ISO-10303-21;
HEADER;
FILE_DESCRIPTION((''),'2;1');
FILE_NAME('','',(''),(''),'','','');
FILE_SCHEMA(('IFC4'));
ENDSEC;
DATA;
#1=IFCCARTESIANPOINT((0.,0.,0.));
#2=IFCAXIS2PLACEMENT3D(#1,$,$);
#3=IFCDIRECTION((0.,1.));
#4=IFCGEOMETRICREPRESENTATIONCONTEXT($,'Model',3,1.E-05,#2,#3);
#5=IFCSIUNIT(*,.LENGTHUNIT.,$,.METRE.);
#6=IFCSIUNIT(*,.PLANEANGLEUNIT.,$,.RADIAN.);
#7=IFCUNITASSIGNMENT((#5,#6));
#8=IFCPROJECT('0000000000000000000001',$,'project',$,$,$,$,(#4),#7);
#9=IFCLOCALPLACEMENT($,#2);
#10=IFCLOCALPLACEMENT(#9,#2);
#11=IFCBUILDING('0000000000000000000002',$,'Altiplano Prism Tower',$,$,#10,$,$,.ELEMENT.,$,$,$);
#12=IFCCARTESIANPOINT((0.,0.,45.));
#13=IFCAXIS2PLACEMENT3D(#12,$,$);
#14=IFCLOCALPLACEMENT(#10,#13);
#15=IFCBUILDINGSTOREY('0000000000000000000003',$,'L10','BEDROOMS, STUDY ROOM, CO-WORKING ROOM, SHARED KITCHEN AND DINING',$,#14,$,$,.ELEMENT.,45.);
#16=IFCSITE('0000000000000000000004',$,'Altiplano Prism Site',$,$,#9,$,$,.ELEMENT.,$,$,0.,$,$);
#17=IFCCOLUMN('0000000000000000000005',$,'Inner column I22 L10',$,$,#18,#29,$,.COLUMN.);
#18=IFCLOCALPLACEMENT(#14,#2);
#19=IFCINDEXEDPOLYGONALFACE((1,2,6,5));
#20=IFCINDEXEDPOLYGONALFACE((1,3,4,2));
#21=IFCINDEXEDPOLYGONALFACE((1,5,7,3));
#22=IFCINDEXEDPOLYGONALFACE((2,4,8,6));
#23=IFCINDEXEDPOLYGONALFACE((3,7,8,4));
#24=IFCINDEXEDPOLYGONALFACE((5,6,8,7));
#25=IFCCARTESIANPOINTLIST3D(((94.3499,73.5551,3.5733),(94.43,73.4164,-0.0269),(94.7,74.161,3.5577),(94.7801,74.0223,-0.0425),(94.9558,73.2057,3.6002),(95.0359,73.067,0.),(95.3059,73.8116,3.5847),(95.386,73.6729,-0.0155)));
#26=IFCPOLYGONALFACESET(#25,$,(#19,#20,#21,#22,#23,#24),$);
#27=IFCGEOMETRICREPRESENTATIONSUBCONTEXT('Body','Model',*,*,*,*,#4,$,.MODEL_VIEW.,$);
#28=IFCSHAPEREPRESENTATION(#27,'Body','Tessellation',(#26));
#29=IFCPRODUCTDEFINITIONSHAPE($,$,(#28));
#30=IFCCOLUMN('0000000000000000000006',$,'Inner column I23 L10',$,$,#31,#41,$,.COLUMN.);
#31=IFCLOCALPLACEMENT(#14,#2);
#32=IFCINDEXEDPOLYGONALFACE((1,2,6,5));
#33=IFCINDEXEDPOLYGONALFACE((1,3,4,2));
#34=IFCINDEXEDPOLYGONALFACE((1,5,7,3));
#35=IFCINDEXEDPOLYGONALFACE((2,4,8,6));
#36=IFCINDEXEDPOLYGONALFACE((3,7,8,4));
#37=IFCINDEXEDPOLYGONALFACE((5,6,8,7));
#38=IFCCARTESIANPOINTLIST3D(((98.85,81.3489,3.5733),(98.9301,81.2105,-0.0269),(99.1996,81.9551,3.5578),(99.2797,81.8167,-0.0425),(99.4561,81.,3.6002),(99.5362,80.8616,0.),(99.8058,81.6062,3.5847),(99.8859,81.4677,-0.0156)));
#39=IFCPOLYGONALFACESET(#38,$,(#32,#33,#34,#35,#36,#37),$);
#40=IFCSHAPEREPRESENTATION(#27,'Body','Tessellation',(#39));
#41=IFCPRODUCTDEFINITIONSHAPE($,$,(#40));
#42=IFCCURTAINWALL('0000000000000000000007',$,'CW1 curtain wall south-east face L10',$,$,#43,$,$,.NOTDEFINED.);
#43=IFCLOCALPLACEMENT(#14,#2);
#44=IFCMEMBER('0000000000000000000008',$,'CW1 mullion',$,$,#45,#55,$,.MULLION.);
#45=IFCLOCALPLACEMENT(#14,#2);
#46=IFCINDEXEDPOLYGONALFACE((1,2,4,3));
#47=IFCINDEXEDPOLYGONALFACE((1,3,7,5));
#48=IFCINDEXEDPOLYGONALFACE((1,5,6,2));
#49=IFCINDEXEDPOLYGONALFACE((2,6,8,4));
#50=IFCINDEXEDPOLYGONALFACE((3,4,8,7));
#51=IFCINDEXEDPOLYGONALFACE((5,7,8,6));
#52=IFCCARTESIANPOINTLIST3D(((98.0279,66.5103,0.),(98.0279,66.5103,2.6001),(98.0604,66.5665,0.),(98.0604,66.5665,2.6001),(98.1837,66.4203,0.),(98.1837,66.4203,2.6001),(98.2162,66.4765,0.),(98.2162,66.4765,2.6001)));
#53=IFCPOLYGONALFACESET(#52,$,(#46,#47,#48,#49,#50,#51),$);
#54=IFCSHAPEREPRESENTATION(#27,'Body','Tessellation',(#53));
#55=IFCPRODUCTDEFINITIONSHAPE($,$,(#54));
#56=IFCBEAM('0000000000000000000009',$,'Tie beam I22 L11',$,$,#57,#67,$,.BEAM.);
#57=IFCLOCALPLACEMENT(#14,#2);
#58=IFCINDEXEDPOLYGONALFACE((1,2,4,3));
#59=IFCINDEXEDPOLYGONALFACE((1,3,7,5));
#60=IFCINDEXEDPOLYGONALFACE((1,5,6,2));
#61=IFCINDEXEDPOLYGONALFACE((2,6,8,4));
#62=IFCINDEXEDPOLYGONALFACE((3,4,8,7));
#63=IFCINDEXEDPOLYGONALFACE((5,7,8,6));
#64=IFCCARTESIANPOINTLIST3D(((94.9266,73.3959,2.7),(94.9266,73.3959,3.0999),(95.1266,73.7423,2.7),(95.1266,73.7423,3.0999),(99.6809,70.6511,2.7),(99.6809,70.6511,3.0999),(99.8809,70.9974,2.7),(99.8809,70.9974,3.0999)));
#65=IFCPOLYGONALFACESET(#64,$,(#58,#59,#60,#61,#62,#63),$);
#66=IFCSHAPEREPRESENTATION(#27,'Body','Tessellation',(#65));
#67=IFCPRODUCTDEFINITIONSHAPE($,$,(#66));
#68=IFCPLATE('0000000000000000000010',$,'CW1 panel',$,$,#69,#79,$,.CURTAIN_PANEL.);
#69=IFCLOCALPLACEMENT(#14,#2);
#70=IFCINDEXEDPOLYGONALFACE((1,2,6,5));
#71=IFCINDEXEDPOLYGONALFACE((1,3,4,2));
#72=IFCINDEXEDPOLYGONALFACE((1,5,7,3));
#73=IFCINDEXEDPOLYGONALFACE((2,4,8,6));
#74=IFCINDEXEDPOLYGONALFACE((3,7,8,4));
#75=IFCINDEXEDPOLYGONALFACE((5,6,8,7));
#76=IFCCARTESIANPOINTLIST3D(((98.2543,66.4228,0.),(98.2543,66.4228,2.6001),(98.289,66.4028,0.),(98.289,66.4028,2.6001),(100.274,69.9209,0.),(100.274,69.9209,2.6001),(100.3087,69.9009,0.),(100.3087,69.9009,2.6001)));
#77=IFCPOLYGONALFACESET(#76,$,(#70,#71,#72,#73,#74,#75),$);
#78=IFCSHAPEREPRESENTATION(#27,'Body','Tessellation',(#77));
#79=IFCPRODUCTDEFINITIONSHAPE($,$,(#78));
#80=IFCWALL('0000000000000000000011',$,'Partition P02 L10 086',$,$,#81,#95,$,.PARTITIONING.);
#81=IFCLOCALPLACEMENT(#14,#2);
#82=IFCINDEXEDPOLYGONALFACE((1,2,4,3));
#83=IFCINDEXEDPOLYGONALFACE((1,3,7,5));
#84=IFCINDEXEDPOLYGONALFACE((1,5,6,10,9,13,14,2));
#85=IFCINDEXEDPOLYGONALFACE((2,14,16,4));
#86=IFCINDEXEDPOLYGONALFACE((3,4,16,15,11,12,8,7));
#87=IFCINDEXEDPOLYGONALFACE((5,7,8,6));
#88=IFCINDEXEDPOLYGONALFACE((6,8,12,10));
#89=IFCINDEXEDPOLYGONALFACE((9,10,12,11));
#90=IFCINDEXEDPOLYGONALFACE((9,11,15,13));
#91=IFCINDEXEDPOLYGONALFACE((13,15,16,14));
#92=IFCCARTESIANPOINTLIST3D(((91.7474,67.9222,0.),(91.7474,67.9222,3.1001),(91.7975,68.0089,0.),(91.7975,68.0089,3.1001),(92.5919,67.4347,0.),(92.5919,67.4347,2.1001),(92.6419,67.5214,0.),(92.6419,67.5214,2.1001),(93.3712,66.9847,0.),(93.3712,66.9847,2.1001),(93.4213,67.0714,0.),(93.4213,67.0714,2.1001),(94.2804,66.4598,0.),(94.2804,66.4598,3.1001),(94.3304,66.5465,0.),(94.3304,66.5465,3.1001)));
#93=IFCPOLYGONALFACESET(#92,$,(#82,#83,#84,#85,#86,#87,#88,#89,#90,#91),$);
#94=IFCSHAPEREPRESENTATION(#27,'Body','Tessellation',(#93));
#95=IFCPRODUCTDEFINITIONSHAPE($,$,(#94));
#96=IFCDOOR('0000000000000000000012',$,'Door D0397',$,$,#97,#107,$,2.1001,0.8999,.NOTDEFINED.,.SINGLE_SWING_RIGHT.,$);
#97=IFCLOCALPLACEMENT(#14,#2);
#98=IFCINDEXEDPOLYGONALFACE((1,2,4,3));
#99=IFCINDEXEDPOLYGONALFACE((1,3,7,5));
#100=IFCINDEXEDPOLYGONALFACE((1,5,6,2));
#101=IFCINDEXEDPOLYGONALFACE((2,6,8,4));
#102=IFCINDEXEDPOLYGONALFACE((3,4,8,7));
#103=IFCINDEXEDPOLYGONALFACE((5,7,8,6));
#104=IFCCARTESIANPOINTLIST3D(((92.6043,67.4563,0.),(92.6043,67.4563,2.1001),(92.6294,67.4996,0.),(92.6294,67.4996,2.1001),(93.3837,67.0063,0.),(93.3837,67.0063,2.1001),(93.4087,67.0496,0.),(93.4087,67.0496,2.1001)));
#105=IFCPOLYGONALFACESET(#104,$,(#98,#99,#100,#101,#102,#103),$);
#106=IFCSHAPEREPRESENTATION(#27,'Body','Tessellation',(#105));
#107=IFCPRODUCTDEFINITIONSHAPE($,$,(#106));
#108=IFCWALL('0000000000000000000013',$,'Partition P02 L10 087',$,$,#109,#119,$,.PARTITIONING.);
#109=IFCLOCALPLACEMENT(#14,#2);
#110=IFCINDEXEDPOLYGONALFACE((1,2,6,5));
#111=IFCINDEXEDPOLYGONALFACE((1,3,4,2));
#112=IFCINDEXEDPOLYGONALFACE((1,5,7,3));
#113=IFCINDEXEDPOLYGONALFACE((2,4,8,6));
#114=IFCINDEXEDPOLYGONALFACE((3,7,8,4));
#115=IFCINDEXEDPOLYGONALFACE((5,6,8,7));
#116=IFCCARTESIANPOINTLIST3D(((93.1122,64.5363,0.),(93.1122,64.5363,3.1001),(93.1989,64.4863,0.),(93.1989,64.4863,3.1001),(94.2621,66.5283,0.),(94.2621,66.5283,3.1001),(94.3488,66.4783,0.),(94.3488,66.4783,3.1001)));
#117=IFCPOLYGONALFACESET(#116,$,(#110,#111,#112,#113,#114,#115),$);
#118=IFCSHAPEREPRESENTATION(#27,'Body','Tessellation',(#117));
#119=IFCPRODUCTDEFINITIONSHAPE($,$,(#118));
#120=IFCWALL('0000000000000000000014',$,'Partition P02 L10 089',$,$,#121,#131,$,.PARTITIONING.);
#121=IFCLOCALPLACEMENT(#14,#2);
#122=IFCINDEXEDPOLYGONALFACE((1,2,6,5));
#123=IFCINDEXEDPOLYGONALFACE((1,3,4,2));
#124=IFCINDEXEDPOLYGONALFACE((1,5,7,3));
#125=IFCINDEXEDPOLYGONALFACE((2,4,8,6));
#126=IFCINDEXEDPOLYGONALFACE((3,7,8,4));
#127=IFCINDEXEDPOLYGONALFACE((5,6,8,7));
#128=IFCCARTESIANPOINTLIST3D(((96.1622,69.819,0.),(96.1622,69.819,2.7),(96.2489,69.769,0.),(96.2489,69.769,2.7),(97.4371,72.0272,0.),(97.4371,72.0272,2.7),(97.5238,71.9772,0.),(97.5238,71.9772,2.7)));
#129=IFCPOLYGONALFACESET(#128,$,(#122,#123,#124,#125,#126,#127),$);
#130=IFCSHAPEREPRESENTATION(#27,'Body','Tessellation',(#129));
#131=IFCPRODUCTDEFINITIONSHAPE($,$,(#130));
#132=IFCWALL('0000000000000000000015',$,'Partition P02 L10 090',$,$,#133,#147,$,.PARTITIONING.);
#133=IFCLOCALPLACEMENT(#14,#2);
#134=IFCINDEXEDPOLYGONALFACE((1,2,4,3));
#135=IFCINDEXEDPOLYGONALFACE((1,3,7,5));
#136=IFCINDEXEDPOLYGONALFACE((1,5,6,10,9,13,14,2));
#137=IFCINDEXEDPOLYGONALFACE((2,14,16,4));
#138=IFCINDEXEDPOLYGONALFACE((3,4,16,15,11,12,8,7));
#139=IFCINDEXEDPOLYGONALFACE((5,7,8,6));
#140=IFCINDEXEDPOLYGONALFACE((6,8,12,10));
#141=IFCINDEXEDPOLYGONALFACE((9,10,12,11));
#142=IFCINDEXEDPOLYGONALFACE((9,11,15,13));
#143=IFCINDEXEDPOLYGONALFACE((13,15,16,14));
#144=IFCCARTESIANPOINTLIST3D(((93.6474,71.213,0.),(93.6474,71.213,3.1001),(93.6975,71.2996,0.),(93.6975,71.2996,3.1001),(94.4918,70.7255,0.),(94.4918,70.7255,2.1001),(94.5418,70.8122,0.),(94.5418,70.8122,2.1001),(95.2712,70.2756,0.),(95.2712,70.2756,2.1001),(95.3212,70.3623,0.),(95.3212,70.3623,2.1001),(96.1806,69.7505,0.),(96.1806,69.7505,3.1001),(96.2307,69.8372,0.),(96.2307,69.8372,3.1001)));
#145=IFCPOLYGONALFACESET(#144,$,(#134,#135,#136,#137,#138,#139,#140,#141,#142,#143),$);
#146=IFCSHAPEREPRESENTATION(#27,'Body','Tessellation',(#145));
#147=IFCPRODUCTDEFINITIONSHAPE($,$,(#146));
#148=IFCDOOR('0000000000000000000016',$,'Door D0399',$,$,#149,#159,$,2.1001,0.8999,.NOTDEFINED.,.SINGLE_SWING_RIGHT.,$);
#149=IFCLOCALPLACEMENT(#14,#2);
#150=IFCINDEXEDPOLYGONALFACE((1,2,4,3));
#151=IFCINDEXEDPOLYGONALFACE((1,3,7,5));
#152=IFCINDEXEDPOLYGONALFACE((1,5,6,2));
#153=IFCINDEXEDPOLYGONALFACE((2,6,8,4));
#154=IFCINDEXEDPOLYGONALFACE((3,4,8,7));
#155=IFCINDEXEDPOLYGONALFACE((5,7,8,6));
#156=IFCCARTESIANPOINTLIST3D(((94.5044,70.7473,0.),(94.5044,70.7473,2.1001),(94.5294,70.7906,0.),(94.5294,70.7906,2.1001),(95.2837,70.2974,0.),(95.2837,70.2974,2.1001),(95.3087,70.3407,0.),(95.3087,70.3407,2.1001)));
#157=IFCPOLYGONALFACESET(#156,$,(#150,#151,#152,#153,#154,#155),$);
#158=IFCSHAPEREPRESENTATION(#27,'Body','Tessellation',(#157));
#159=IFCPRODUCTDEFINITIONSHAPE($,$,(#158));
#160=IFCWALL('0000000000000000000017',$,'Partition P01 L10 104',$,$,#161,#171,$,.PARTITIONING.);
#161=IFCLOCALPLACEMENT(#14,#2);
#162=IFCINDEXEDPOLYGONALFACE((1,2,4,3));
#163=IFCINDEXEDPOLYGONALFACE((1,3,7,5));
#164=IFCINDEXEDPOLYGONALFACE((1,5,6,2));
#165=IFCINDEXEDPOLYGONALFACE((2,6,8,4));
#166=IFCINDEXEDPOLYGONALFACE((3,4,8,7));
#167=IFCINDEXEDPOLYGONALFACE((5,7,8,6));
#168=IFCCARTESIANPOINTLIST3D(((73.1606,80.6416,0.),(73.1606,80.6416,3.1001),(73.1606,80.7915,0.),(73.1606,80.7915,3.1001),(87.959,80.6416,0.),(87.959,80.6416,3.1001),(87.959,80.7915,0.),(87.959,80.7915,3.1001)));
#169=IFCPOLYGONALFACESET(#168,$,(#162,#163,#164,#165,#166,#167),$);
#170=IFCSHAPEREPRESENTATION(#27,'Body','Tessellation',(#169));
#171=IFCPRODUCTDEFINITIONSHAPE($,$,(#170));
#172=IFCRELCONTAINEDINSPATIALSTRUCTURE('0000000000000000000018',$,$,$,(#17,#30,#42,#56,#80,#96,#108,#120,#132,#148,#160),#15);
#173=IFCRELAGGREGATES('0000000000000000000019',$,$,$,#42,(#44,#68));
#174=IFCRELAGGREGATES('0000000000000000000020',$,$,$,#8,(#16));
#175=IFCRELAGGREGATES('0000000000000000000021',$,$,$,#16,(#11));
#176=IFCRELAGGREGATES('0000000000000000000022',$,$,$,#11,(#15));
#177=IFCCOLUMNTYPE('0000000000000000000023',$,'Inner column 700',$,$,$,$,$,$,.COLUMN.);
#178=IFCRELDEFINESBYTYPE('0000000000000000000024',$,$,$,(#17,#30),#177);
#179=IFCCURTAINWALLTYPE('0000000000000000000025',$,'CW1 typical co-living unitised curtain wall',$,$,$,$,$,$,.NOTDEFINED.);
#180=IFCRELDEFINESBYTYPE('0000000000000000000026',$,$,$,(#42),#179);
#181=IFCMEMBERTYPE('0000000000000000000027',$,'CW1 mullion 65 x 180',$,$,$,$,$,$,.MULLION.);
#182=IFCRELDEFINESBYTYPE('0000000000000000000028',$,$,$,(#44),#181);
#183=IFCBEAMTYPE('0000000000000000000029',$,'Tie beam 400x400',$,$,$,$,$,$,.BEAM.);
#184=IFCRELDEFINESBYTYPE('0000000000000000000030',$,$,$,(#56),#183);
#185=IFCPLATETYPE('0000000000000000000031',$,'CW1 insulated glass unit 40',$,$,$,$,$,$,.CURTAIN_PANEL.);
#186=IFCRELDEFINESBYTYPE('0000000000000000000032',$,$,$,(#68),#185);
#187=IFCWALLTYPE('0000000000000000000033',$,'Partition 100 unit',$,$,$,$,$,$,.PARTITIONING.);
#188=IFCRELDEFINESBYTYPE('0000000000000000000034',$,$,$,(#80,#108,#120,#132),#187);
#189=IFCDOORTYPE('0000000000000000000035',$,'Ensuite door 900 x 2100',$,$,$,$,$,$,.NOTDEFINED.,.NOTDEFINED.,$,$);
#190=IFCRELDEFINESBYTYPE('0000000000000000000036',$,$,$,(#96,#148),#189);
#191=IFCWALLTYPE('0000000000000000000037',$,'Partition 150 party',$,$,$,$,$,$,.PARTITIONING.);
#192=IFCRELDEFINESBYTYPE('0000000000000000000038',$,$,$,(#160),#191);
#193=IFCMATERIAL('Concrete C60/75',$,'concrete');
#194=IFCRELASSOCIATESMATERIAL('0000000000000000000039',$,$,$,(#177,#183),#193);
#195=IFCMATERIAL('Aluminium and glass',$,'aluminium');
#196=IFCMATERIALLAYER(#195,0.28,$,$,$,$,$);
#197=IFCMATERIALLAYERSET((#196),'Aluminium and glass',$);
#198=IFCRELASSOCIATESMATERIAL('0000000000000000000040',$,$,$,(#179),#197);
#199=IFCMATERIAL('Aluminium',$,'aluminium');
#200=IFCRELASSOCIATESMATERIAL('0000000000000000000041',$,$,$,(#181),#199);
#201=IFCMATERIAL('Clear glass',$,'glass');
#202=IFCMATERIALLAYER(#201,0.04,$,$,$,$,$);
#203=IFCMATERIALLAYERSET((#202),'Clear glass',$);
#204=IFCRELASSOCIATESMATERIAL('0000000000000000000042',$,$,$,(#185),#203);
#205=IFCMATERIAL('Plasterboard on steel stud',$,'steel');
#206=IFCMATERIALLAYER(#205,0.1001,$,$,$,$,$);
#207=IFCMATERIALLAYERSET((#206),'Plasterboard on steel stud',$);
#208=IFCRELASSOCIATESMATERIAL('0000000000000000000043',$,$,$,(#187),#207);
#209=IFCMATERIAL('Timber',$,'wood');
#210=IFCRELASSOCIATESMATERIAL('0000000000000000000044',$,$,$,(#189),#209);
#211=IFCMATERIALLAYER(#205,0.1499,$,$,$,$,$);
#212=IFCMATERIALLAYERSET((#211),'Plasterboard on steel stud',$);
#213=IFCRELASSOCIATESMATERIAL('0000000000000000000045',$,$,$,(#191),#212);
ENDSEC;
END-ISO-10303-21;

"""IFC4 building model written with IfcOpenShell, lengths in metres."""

from ifc_helpers import new_model, si_unit, direction, frame, frame_2d, origin, origin_2d, place, context, subcontext, project, spatial, rectangle, extrude, material, layer, layer_set, material_profile, profile_set, type_object, element, fill, aggregate, save


model = new_model("IFC4")

# Units and contexts
model_context = context("Model", 3, precision=1e-05, world=origin(), true_north=direction((0.0, 1.0)))
body_context = subcontext(model_context, "Body", "Model", "MODEL_VIEW")
ifc_project = project(units=[si_unit("LENGTHUNIT", "METRE"), si_unit("PLANEANGLEUNIT", "RADIAN")], contexts=[model_context])

# Site, building, storey
site_placement = place(None, origin())
site = spatial("IfcSite", under=ifc_project, at=site_placement, Name="Altiplano Prism Site", CompositionType="ELEMENT", RefElevation=0.0)
building_placement = place(site_placement, origin())
building = spatial("IfcBuilding", under=site, at=building_placement, Name="Altiplano Prism Tower", CompositionType="ELEMENT")
storey_placement = place(building_placement, frame((0.0, 0.0, 45.0)))
storey = spatial("IfcBuildingStorey", under=building, at=storey_placement, Name="L10", Description="BEDROOMS, STUDY ROOM, CO-WORKING ROOM, SHARED KITCHEN AND DINING", CompositionType="ELEMENT", Elevation=45.0)

# Columns
ifc_material_1 = material(Name="Concrete C60/75", Category="concrete")
ifc_material_profile_1 = material_profile(ifc_material_1, rectangle(XDim=0.7, YDim=0.7, at=origin_2d()), Name="Inner column 700")
ifc_profile_set_1 = profile_set([ifc_material_profile_1], Name="Concrete C60/75")
column_type = type_object("IfcColumnType", Name="Inner column 700", PredefinedType="COLUMN", material=ifc_profile_set_1)
for number, where, z_axis, x_axis, name in (
    (1, (94.908, 73.5447, -0.0212), (-0.022221, 0.038481, 0.999012), (-0.500175, -0.86564, 0.022218), "Inner column I22 L10"),
    (2, (99.408, 81.3391, -0.0212), (-0.022221, 0.038413, 0.999015), (-0.499518, -0.86602, 0.022188), "Inner column I23 L10"),
):
    element("IfcColumn", number, at=place(storey_placement, frame(where, z_axis=z_axis, x_axis=x_axis)), inside=storey, type_object=column_type, Name=name, PredefinedType="COLUMN", context=body_context, shape_type="SweptSolid", body=[
        extrude(rectangle(XDim=0.7, YDim=0.7, at=origin_2d()), origin(), (0.0, 0.0, 1.0), 3.6038),
    ])

# Curtain wall, member
ifc_material_2 = material(Name="Aluminium and glass", Category="aluminium")
ifc_layer_1 = layer(ifc_material_2, 0.28)
ifc_layer_set_1 = layer_set([ifc_layer_1], Name="Aluminium and glass")
curtain_wall_type = type_object("IfcCurtainWallType", Name="CW1 typical co-living unitised curtain wall", PredefinedType="NOTDEFINED", material=ifc_layer_set_1)
curtain_wall_placement = place(storey_placement, origin())
curtain_wall = element("IfcCurtainWall", 3, at=curtain_wall_placement, inside=storey, type_object=curtain_wall_type, Name="CW1 curtain wall south-east face L10", PredefinedType="NOTDEFINED")
ifc_material_3 = material(Name="Aluminium", Category="aluminium")
ifc_material_profile_2 = material_profile(ifc_material_3, rectangle(XDim=0.1799, YDim=0.0649, at=origin_2d()), Name="CW1 mullion 65 x 180")
ifc_profile_set_2 = profile_set([ifc_material_profile_2], Name="Aluminium")
member_type = type_object("IfcMemberType", Name="CW1 mullion 65 x 180", PredefinedType="MULLION", material=ifc_profile_set_2)
member_placement = place(storey_placement, frame((98.1221, 66.4934, 0.0), z_axis=(0.0, 0.0, 1.0), x_axis=(-0.866025, 0.5, 0.0)))
member = element("IfcMember", 4, at=member_placement, type_object=member_type, Name="CW1 mullion", PredefinedType="MULLION", context=body_context, shape_type="SweptSolid", body=[
    extrude(rectangle(XDim=0.1799, YDim=0.0649, at=origin_2d()), origin(), (0.0, 0.0, 1.0), 2.6001),
])

# Beam
ifc_material_profile_3 = material_profile(ifc_material_1, rectangle(XDim=0.3999, YDim=0.3999, at=origin_2d()), Name="Tie beam 400x400")
ifc_profile_set_3 = profile_set([ifc_material_profile_3], Name="Concrete C60/75")
beam_type = type_object("IfcBeamType", Name="Tie beam 400x400", PredefinedType="BEAM", material=ifc_profile_set_3)
beam_placement = place(storey_placement, frame((95.0266, 73.5691, 2.8999), z_axis=(0.866032, -0.499989, 0.0), x_axis=(0.499989, 0.866032, 0.0)))
element("IfcBeam", 5, at=beam_placement, inside=storey, type_object=beam_type, Name="Tie beam I22 L11", PredefinedType="BEAM", context=body_context, shape_type="SweptSolid", body=[
    extrude(rectangle(XDim=0.3999, YDim=0.3999, at=origin_2d()), origin(), (0.0, 0.0, 1.0), 5.4897),
])

# Plate
ifc_material_4 = material(Name="Clear glass", Category="glass")
ifc_layer_2 = layer(ifc_material_4, 0.04)
ifc_layer_set_2 = layer_set([ifc_layer_2], Name="Clear glass")
plate_type = type_object("IfcPlateType", Name="CW1 insulated glass unit 40", PredefinedType="CURTAIN_PANEL", material=ifc_layer_set_2)
plate_placement = place(storey_placement, frame((99.2815, 68.1619, 0.0), z_axis=(0.0, 0.0, 1.0), x_axis=(0.5, 0.866025, 0.0)))
plate = element("IfcPlate", 6, at=plate_placement, type_object=plate_type, Name="CW1 panel", PredefinedType="CURTAIN_PANEL", context=body_context, shape_type="SweptSolid", body=[
    extrude(rectangle(XDim=4.0393, YDim=0.04, at=origin_2d()), origin(), (0.0, 0.0, 1.0), 2.6001),
])
aggregate(curtain_wall, [member, plate])

# Wall, opening, door
ifc_material_5 = material(Name="Plasterboard on steel stud", Category="steel")
ifc_layer_3 = layer(ifc_material_5, 0.1001)
ifc_layer_set_3 = layer_set([ifc_layer_3], Name="Plasterboard on steel stud")
wall_type_1 = type_object("IfcWallType", Name="Partition 100 unit", PredefinedType="PARTITIONING", material=ifc_layer_set_3)
wall_1_placement = place(storey_placement, frame((91.7725, 67.9656, 0.0), z_axis=(0.0, 0.0, 1.0), x_axis=(0.866026, -0.499999, 0.0)))
wall_1 = element("IfcWall", 7, at=wall_1_placement, inside=storey, type_object=wall_type_1, Name="Partition P02 L10 086", PredefinedType="PARTITIONING", context=body_context, shape_type="SweptSolid", body=[
    extrude(rectangle(XDim=2.9248, YDim=0.1001, at=frame_2d((1.4624, 0.0))), origin(), (0.0, 0.0, 1.0), 3.1001),
])
opening_1_placement = place(wall_1_placement, frame((0.9751, 0.0, 0.0)))
opening_1 = element("IfcOpeningElement", 8, at=opening_1_placement, cuts=wall_1, PredefinedType="OPENING", context=body_context, shape_type="SweptSolid", body=[
    extrude(rectangle(XDim=0.8999, YDim=2.1001, at=frame_2d((0.45, 1.05))), frame((0.0, 0.0605, 0.0), z_axis=(0.0, -1.0, 0.0), x_axis=(1.0, 0.0, 0.0)), (0.0, 0.0, 1.0), 0.1211),
])
ifc_material_6 = material(Name="Timber", Category="wood")
door_type = type_object("IfcDoorType", Name="Ensuite door 900 x 2100", OperationType="NOTDEFINED", PredefinedType="NOTDEFINED", material=ifc_material_6)
door_1_placement = place(opening_1_placement, origin())
door_1 = element("IfcDoor", 9, at=door_1_placement, inside=storey, type_object=door_type, Name="Door D0397", OperationType="SINGLE_SWING_RIGHT", OverallHeight=2.1001, OverallWidth=0.8999, PredefinedType="NOTDEFINED", context=body_context, shape_type="SweptSolid", body=[
    extrude(rectangle(XDim=0.8999, YDim=2.1001, at=frame_2d((0.45, 1.05))), frame((0.0, 0.0249, 0.0), z_axis=(0.0, -1.0, 0.0), x_axis=(1.0, 0.0, 0.0)), (0.0, 0.0, 1.0), 0.05),
])
fill(opening_1, door_1)

# Walls
wall_2_placement = place(storey_placement, frame((94.3054, 66.5032, 0.0), z_axis=(0.0, 0.0, 1.0), x_axis=(-0.499952, -0.866053, 0.0)))
element("IfcWall", 10, at=wall_2_placement, inside=storey, type_object=wall_type_1, Name="Partition P02 L10 087", PredefinedType="PARTITIONING", context=body_context, shape_type="SweptSolid", body=[
    extrude(rectangle(XDim=2.3, YDim=0.1001, at=frame_2d((1.1499, 0.0))), origin(), (0.0, 0.0, 1.0), 3.1001),
])
wall_3_placement = place(storey_placement, frame((97.4805, 72.0022, 0.0), z_axis=(0.0, 0.0, 1.0), x_axis=(-0.49999, -0.866031, 0.0)))
element("IfcWall", 11, at=wall_3_placement, inside=storey, type_object=wall_type_1, Name="Partition P02 L10 089", PredefinedType="PARTITIONING", context=body_context, shape_type="SweptSolid", body=[
    extrude(rectangle(XDim=2.5498, YDim=0.1001, at=frame_2d((1.2749, 0.0))), origin(), (0.0, 0.0, 1.0), 2.7),
])

# Wall, opening, door
wall_4_placement = place(storey_placement, frame((96.2056, 69.7939, 0.0), z_axis=(0.0, 0.0, 1.0), x_axis=(-0.866047, 0.499963, 0.0)))
wall_4 = element("IfcWall", 12, at=wall_4_placement, inside=storey, type_object=wall_type_1, Name="Partition P02 L10 090", PredefinedType="PARTITIONING", context=body_context, shape_type="SweptSolid", body=[
    extrude(rectangle(XDim=2.925, YDim=0.1001, at=frame_2d((1.4624, 0.0))), origin(), (0.0, 0.0, 1.0), 3.1001),
])
opening_2_placement = place(wall_4_placement, frame((1.05, 0.0, 0.0)))
opening_2 = element("IfcOpeningElement", 13, at=opening_2_placement, cuts=wall_4, PredefinedType="OPENING", context=body_context, shape_type="SweptSolid", body=[
    extrude(rectangle(XDim=0.8999, YDim=2.1001, at=frame_2d((0.45, 1.05))), frame((0.0, 0.0605, 0.0), z_axis=(0.0, -1.0, 0.0), x_axis=(1.0, 0.0, 0.0)), (0.0, 0.0, 1.0), 0.1211),
])
door_2_placement = place(opening_2_placement, origin())
door_2 = element("IfcDoor", 14, at=door_2_placement, inside=storey, type_object=door_type, Name="Door D0399", OperationType="SINGLE_SWING_RIGHT", OverallHeight=2.1001, OverallWidth=0.8999, PredefinedType="NOTDEFINED", context=body_context, shape_type="SweptSolid", body=[
    extrude(rectangle(XDim=0.8999, YDim=2.1001, at=frame_2d((0.45, 1.05))), frame((0.0, 0.0249, 0.0), z_axis=(0.0, -1.0, 0.0), x_axis=(1.0, 0.0, 0.0)), (0.0, 0.0, 1.0), 0.05),
])
fill(opening_2, door_2)

# Wall
ifc_layer_4 = layer(ifc_material_5, 0.1499)
ifc_layer_set_4 = layer_set([ifc_layer_4], Name="Plasterboard on steel stud")
wall_type_2 = type_object("IfcWallType", Name="Partition 150 party", PredefinedType="PARTITIONING", material=ifc_layer_set_4)
wall_5_placement = place(storey_placement, frame((87.959, 80.7166, 0.0), z_axis=(0.0, 0.0, 1.0), x_axis=(-1.0, 0.0, 0.0)))
element("IfcWall", 15, at=wall_5_placement, inside=storey, type_object=wall_type_2, Name="Partition P01 L10 104", PredefinedType="PARTITIONING", context=body_context, shape_type="SweptSolid", body=[
    extrude(rectangle(XDim=14.7983, YDim=0.1499, at=frame_2d((7.3992, 0.0))), origin(), (0.0, 0.0, 1.0), 3.1001),
])

save(model, "model.ifc")
